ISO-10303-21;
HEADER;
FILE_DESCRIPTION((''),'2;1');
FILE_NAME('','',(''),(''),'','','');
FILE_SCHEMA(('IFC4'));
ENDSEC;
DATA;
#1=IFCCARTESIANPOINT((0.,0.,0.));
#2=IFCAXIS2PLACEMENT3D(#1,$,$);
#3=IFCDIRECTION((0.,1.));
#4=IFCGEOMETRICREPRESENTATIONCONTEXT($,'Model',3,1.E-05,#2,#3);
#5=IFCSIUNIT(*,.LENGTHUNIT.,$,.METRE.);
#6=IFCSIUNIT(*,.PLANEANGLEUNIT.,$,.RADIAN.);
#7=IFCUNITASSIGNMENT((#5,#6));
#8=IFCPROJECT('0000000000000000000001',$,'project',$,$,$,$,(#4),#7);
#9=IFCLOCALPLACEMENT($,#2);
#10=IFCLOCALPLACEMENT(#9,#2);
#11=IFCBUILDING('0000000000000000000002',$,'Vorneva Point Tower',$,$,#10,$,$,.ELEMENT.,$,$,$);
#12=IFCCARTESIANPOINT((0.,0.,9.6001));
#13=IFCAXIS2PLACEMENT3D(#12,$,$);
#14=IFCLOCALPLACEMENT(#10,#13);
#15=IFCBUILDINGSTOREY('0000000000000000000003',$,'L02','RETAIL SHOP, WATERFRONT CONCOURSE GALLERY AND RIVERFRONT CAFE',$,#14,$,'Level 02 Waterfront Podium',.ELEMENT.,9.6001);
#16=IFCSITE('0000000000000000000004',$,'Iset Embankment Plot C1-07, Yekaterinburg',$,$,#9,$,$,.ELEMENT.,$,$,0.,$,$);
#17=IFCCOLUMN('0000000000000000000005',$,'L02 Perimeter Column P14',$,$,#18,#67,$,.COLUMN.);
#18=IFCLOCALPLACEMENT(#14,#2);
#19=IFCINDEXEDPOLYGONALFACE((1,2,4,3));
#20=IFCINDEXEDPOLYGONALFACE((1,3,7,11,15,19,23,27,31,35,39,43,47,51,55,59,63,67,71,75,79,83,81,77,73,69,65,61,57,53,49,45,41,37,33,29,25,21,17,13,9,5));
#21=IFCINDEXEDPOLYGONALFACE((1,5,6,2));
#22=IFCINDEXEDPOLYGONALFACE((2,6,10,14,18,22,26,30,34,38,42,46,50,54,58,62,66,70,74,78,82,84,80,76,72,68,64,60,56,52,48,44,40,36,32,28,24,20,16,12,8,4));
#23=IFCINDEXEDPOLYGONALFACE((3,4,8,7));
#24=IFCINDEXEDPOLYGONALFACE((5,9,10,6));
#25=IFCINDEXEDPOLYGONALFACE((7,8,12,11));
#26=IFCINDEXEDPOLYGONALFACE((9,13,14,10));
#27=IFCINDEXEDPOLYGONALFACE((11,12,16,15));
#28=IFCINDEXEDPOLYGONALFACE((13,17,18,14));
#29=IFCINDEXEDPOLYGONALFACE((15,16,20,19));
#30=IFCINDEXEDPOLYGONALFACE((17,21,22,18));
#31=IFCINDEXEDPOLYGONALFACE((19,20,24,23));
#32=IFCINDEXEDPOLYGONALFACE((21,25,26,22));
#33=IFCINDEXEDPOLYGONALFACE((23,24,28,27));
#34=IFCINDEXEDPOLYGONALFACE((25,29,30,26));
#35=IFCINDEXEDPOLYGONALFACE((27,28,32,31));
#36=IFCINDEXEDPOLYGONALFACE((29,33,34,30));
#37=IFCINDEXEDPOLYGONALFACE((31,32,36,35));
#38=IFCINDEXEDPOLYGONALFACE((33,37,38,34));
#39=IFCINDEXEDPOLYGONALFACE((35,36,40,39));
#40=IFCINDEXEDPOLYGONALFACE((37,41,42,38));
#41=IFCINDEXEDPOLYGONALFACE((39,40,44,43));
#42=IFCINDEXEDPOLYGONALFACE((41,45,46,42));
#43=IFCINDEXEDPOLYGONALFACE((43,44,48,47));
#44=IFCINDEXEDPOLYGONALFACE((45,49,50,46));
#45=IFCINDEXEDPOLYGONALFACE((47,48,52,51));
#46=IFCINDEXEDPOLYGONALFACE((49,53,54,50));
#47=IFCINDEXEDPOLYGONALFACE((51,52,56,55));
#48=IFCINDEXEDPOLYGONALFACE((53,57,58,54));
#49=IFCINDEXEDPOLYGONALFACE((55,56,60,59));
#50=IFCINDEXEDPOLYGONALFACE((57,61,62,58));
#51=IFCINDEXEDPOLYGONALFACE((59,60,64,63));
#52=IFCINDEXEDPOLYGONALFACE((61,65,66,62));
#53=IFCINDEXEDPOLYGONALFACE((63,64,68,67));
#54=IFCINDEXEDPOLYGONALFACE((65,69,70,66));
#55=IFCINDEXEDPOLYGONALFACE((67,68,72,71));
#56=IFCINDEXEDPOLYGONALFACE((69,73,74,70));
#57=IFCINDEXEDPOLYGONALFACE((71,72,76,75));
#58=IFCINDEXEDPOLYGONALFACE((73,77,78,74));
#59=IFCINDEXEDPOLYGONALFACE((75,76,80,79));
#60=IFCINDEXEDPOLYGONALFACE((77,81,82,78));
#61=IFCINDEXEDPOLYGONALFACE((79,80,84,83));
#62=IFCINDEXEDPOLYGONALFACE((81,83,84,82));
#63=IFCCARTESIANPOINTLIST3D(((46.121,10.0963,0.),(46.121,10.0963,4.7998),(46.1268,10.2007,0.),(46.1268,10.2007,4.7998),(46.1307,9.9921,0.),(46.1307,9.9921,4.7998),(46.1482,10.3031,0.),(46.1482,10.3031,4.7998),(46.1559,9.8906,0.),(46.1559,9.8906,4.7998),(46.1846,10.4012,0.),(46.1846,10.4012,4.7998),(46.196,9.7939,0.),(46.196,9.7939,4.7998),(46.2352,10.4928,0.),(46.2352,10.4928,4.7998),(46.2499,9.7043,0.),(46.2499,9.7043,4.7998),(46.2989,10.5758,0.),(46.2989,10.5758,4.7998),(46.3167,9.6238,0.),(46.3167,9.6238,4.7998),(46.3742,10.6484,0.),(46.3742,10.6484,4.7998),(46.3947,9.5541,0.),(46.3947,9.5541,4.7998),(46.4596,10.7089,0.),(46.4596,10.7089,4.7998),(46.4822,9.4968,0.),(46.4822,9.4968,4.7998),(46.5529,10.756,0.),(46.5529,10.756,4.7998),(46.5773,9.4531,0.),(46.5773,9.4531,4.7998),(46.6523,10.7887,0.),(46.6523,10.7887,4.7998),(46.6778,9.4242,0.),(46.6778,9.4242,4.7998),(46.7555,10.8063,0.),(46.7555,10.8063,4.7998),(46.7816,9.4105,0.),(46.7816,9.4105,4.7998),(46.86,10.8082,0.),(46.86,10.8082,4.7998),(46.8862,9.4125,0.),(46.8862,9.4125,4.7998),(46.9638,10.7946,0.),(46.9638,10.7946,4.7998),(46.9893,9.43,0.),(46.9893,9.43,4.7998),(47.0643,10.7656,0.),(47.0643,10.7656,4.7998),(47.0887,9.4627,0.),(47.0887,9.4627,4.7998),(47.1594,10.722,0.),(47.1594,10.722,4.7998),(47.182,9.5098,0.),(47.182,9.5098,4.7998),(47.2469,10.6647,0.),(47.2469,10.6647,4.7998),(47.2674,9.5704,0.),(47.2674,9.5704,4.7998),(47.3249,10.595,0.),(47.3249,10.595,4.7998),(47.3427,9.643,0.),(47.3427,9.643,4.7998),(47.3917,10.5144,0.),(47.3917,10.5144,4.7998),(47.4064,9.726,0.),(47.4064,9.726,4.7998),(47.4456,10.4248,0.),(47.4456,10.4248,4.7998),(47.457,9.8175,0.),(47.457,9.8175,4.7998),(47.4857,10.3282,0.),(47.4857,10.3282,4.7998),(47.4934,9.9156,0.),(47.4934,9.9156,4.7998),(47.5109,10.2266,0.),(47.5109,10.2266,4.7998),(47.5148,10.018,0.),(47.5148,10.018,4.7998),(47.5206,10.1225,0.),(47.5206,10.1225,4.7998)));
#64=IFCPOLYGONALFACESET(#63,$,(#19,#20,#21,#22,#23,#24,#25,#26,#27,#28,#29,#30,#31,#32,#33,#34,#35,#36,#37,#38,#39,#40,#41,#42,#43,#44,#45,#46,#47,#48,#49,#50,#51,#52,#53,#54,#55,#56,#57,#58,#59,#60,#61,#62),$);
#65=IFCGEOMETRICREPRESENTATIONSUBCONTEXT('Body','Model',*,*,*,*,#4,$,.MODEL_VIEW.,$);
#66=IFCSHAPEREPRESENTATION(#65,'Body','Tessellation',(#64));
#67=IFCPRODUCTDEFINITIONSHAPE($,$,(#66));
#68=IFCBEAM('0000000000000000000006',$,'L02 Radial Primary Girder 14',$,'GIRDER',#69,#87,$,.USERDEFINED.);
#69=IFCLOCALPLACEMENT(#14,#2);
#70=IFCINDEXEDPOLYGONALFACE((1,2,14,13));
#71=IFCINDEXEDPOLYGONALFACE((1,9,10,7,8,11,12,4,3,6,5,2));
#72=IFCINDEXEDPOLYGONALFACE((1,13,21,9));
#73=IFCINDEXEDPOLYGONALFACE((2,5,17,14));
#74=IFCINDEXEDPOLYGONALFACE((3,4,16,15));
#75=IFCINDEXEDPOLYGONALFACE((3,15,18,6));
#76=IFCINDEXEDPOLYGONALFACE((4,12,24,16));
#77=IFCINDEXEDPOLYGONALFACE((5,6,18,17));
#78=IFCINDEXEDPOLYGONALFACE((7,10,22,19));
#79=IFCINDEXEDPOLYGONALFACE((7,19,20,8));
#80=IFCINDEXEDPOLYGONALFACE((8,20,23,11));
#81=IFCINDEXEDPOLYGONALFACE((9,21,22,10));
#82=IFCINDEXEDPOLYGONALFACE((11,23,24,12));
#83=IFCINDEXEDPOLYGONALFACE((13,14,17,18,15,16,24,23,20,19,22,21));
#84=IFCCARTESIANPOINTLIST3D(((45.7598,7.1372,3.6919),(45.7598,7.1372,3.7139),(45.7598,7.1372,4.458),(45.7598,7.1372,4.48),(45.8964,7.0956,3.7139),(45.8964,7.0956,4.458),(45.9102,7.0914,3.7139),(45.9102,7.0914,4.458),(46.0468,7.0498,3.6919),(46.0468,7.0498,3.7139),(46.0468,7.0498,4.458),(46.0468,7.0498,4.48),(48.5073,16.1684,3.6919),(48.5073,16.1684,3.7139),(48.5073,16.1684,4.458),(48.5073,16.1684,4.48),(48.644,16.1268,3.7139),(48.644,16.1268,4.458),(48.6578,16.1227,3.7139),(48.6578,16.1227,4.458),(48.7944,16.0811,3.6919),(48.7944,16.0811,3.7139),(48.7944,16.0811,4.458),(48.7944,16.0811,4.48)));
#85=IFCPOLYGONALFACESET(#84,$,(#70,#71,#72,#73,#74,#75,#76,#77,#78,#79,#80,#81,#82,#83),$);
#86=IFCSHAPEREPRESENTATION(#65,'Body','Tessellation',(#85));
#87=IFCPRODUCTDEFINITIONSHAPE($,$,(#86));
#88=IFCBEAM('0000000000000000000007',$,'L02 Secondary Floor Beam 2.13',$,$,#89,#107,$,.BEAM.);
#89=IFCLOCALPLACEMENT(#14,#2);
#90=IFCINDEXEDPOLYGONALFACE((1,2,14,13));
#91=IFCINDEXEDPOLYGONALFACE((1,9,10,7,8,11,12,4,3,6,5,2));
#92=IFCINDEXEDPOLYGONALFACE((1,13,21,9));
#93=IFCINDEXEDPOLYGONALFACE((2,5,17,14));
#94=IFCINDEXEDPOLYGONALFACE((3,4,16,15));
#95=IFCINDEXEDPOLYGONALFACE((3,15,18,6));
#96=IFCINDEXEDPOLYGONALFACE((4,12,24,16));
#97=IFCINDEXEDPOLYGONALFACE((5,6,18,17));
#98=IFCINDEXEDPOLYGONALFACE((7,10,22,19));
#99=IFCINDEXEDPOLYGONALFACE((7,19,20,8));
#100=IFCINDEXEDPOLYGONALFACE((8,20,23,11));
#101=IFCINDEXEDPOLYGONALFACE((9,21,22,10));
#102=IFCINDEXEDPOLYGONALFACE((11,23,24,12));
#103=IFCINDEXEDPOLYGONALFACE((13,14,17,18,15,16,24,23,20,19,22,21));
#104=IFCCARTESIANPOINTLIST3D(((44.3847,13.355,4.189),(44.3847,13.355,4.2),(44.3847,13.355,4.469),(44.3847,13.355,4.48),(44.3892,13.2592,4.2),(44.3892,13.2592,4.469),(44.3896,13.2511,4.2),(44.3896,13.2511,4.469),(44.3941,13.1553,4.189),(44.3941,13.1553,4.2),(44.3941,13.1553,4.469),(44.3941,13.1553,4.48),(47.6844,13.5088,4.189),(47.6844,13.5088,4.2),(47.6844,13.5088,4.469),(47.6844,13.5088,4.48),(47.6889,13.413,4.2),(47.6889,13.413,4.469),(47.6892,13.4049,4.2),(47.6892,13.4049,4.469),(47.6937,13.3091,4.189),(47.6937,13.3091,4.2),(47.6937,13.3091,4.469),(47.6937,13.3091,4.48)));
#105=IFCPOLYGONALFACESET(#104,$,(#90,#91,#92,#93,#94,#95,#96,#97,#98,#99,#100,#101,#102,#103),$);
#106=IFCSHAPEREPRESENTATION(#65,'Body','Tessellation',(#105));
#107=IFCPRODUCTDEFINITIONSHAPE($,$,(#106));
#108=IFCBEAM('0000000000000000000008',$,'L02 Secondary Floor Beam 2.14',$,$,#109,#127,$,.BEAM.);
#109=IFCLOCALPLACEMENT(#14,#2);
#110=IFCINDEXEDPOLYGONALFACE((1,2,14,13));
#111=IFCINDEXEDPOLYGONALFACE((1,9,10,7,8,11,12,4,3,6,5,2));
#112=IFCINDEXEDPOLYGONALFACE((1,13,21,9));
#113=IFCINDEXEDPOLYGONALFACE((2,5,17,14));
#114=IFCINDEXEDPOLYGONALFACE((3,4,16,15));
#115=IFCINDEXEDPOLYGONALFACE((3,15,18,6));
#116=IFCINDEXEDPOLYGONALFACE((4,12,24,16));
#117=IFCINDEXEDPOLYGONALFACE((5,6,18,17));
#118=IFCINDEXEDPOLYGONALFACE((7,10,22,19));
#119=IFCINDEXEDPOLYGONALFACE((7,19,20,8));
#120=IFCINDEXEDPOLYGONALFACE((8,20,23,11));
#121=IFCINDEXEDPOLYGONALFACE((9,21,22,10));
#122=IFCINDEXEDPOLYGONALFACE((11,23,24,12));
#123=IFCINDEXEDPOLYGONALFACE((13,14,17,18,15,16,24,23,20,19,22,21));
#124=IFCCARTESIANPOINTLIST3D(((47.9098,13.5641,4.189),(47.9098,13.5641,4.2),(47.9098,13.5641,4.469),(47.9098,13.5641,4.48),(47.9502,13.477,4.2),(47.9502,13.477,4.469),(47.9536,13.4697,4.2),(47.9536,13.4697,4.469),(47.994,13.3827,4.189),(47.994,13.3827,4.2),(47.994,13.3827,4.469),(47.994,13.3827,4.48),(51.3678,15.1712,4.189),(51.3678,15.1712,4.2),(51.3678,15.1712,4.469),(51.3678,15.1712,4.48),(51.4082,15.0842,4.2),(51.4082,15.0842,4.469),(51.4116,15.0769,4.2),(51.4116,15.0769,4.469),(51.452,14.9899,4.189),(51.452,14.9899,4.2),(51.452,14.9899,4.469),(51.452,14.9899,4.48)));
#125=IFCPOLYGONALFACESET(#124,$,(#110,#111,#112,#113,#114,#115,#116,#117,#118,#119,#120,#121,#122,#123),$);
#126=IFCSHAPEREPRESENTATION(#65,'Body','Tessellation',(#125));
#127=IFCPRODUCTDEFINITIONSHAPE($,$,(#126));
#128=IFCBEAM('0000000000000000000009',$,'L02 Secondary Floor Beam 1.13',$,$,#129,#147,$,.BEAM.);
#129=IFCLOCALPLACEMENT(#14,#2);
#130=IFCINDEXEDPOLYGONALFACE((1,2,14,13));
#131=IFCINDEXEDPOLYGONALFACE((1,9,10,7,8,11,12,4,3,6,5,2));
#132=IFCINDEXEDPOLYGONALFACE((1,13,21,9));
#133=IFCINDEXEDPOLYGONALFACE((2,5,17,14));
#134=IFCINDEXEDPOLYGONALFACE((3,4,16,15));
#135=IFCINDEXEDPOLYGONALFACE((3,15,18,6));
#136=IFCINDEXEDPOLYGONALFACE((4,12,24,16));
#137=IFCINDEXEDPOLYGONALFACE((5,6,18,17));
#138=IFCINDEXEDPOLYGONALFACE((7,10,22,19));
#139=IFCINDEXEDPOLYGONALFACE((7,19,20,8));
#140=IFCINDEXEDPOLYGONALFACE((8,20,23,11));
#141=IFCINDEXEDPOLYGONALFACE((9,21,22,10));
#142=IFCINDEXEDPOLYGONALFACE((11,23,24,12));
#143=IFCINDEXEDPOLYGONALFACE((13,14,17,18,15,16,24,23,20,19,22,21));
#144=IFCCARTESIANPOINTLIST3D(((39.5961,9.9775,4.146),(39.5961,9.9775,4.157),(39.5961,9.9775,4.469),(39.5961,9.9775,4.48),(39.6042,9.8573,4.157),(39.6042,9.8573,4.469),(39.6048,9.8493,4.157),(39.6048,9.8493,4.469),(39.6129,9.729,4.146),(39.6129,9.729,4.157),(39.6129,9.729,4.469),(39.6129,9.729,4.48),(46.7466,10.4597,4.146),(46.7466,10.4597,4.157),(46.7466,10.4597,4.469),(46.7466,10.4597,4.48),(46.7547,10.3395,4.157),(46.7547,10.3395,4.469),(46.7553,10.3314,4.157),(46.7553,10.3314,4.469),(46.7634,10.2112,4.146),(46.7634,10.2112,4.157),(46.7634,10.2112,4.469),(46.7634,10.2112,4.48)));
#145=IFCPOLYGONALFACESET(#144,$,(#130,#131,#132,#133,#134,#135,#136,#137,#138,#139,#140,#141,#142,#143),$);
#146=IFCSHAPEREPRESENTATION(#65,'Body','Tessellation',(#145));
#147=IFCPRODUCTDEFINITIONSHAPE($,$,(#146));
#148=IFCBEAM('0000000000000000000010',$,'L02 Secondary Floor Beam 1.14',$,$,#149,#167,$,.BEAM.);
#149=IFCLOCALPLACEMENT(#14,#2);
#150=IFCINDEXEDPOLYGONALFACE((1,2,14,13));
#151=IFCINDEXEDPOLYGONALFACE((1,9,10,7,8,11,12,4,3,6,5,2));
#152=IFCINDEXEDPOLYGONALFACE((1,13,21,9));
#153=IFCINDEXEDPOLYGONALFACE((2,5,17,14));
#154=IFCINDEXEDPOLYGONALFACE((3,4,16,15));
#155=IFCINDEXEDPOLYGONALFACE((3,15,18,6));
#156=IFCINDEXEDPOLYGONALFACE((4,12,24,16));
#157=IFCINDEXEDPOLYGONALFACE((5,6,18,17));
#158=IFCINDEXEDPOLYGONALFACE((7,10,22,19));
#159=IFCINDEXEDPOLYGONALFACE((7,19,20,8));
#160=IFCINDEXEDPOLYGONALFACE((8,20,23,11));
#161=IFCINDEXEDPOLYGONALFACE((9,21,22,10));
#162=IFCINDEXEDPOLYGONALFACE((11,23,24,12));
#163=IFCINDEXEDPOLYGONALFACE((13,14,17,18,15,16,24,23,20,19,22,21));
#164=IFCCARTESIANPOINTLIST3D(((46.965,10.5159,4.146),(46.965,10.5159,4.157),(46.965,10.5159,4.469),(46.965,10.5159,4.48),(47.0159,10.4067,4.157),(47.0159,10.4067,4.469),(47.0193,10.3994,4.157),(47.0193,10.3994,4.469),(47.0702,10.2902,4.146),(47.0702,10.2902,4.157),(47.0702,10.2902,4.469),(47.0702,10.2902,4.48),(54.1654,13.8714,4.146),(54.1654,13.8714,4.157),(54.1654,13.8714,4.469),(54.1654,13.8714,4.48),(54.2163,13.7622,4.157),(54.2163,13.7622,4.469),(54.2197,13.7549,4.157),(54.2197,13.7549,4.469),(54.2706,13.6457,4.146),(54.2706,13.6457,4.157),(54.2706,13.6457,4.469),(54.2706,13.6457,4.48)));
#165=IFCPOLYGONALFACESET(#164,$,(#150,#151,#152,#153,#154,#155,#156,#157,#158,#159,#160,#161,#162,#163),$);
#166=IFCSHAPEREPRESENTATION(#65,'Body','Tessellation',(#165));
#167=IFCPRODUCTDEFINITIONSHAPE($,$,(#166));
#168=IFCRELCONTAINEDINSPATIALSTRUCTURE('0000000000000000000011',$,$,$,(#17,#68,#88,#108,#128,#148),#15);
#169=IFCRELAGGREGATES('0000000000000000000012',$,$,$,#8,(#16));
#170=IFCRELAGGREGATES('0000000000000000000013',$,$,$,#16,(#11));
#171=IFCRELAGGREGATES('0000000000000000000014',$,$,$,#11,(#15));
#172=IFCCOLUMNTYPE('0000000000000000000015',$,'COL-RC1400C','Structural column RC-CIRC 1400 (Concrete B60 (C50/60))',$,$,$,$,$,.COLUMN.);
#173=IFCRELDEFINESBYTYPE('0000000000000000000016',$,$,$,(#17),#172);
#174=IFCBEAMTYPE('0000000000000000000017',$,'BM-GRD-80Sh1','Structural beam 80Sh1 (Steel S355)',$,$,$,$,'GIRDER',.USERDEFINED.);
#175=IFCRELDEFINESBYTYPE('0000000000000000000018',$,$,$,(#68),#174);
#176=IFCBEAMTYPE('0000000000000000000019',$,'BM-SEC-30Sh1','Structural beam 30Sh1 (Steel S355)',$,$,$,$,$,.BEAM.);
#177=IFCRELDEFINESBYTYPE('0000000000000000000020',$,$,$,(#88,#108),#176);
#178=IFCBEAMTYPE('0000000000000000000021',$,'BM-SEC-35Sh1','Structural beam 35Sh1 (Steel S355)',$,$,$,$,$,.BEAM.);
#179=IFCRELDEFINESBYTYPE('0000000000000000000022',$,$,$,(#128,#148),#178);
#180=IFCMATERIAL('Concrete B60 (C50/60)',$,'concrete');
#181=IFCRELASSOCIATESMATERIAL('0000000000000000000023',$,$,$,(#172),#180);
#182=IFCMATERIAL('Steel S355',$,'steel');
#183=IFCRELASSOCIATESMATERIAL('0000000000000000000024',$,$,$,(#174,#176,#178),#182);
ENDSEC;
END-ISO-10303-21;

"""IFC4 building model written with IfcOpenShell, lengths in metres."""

from ifc_helpers import new_model, si_unit, direction, frame, origin, origin_2d, place, context, subcontext, project, spatial, circle, i_section, extrude, material, material_profile, profile_set, type_object, element, save


model = new_model("IFC4")

# Units and contexts
model_context = context("Model", 3, precision=1e-05, world=origin(), true_north=direction((0.0, 1.0)))
body_context = subcontext(model_context, "Body", "Model", "MODEL_VIEW")
ifc_project = project(units=[si_unit("LENGTHUNIT", "METRE"), si_unit("PLANEANGLEUNIT", "RADIAN")], contexts=[model_context])

# Site, building, storey
site_placement = place(None, origin())
site = spatial("IfcSite", under=ifc_project, at=site_placement, Name="Iset Embankment Plot C1-07, Yekaterinburg", CompositionType="ELEMENT", RefElevation=0.0)
building_placement = place(site_placement, origin())
building = spatial("IfcBuilding", under=site, at=building_placement, Name="Vorneva Point Tower", CompositionType="ELEMENT")
storey_placement = place(building_placement, frame((0.0, 0.0, 9.6001)))
storey = spatial("IfcBuildingStorey", under=building, at=storey_placement, Name="L02", Description="RETAIL SHOP, WATERFRONT CONCOURSE GALLERY AND RIVERFRONT CAFE", LongName="Level 02 Waterfront Podium", CompositionType="ELEMENT", Elevation=9.6001)

# Column
ifc_material_1 = material(Name="Concrete B60 (C50/60)", Category="concrete")
ifc_material_profile_1 = material_profile(ifc_material_1, circle(Radius=0.7, at=origin_2d()), Name="RC-CIRC 1400")
ifc_profile_set_1 = profile_set([ifc_material_profile_1], Name="Concrete B60 (C50/60)")
column_type = type_object("IfcColumnType", Name="COL-RC1400C", Description="Structural column RC-CIRC 1400 (Concrete B60 (C50/60))", PredefinedType="COLUMN", material=ifc_profile_set_1)
for number, where, z_axis, x_axis, name in (
    (1, (46.8208, 10.1094, 0.0), (0.0, 0.0, 1.0), (0.382683, -0.92388, 0.0), "L02 Perimeter Column P14"),
):
    element("IfcColumn", number, at=place(storey_placement, frame(where, z_axis=z_axis, x_axis=x_axis)), inside=storey, type_object=column_type, Name=name, PredefinedType="COLUMN", context=body_context, shape_type="SweptSolid", body=[
        extrude(circle(Radius=0.7, at=origin_2d()), origin(), (0.0, 0.0, 1.0), 4.7998),
    ])

# Beams
ifc_material_2 = material(Name="Steel S355", Category="steel")
ifc_material_profile_2 = material_profile(ifc_material_2, i_section(OverallWidth=0.3, OverallDepth=0.7881, WebThickness=0.0144, FlangeThickness=0.022, at=origin_2d()), Name="80Sh1")
ifc_profile_set_2 = profile_set([ifc_material_profile_2], Name="Steel S355")
beam_type_1 = type_object("IfcBeamType", Name="BM-GRD-80Sh1", Description="Structural beam 80Sh1 (Steel S355)", ElementType="GIRDER", PredefinedType="USERDEFINED", material=ifc_profile_set_2)
beam_1_placement = place(storey_placement, frame((45.9033, 7.0935, 4.0859), z_axis=(0.291057, 0.956706, 0.0), x_axis=(-0.956706, 0.291057, 0.0)))
element("IfcBeam", 2, at=beam_1_placement, inside=storey, type_object=beam_type_1, Name="L02 Radial Primary Girder 14", ObjectType="GIRDER", PredefinedType="USERDEFINED", context=body_context, shape_type="SweptSolid", body=[
    extrude(i_section(OverallWidth=0.3, OverallDepth=0.7881, WebThickness=0.0144, FlangeThickness=0.022, at=origin_2d()), origin(), (0.0, 0.0, 1.0), 9.4399),
])
ifc_material_profile_3 = material_profile(ifc_material_2, i_section(OverallWidth=0.2, OverallDepth=0.291, WebThickness=0.0081, FlangeThickness=0.011, at=origin_2d()), Name="30Sh1")
ifc_profile_set_3 = profile_set([ifc_material_profile_3], Name="Steel S355")
beam_type_2 = type_object("IfcBeamType", Name="BM-SEC-30Sh1", Description="Structural beam 30Sh1 (Steel S355)", PredefinedType="BEAM", material=ifc_profile_set_3)
beam_2_placement = place(storey_placement, frame((44.3894, 13.2551, 4.3345), z_axis=(0.998915, 0.046564, 0.0), x_axis=(-0.046564, 0.998915, 0.0)))
element("IfcBeam", 3, at=beam_2_placement, inside=storey, type_object=beam_type_2, Name="L02 Secondary Floor Beam 2.13", PredefinedType="BEAM", context=body_context, shape_type="SweptSolid", body=[
    extrude(i_section(OverallWidth=0.2, OverallDepth=0.291, WebThickness=0.0081, FlangeThickness=0.011, at=origin_2d()), origin(), (0.0, 0.0, 1.0), 3.3032),
])
beam_3_placement = place(storey_placement, frame((47.9519, 13.4734, 4.3345), z_axis=(0.906841, 0.421472, 0.0), x_axis=(-0.421472, 0.906841, 0.0)))
element("IfcBeam", 4, at=beam_3_placement, inside=storey, type_object=beam_type_2, Name="L02 Secondary Floor Beam 2.14", PredefinedType="BEAM", context=body_context, shape_type="SweptSolid", body=[
    extrude(i_section(OverallWidth=0.2, OverallDepth=0.291, WebThickness=0.0081, FlangeThickness=0.011, at=origin_2d()), origin(), (0.0, 0.0, 1.0), 3.8132),
])
ifc_material_profile_4 = material_profile(ifc_material_2, i_section(OverallWidth=0.249, OverallDepth=0.334, WebThickness=0.0081, FlangeThickness=0.011, at=origin_2d()), Name="35Sh1")
ifc_profile_set_4 = profile_set([ifc_material_profile_4], Name="Steel S355")
beam_type_3 = type_object("IfcBeamType", Name="BM-SEC-35Sh1", Description="Structural beam 35Sh1 (Steel S355)", PredefinedType="BEAM", material=ifc_profile_set_4)
beam_4_placement = place(storey_placement, frame((39.6045, 9.8533, 4.313), z_axis=(0.997734, 0.067281, 0.0), x_axis=(-0.067281, 0.997734, 0.0)))
element("IfcBeam", 5, at=beam_4_placement, inside=storey, type_object=beam_type_3, Name="L02 Secondary Floor Beam 1.13", PredefinedType="BEAM", context=body_context, shape_type="SweptSolid", body=[
    extrude(i_section(OverallWidth=0.249, OverallDepth=0.334, WebThickness=0.0081, FlangeThickness=0.011, at=origin_2d()), origin(), (0.0, 0.0, 1.0), 7.1667),
])
beam_5_placement = place(storey_placement, frame((47.0176, 10.4031, 4.313), z_axis=(0.906411, 0.422396, 0.0), x_axis=(-0.422396, 0.906411, 0.0)))
element("IfcBeam", 6, at=beam_5_placement, inside=storey, type_object=beam_type_3, Name="L02 Secondary Floor Beam 1.14", PredefinedType="BEAM", context=body_context, shape_type="SweptSolid", body=[
    extrude(i_section(OverallWidth=0.249, OverallDepth=0.334, WebThickness=0.0081, FlangeThickness=0.011, at=origin_2d()), origin(), (0.0, 0.0, 1.0), 7.9438),
])

save(model, "model.ifc")
